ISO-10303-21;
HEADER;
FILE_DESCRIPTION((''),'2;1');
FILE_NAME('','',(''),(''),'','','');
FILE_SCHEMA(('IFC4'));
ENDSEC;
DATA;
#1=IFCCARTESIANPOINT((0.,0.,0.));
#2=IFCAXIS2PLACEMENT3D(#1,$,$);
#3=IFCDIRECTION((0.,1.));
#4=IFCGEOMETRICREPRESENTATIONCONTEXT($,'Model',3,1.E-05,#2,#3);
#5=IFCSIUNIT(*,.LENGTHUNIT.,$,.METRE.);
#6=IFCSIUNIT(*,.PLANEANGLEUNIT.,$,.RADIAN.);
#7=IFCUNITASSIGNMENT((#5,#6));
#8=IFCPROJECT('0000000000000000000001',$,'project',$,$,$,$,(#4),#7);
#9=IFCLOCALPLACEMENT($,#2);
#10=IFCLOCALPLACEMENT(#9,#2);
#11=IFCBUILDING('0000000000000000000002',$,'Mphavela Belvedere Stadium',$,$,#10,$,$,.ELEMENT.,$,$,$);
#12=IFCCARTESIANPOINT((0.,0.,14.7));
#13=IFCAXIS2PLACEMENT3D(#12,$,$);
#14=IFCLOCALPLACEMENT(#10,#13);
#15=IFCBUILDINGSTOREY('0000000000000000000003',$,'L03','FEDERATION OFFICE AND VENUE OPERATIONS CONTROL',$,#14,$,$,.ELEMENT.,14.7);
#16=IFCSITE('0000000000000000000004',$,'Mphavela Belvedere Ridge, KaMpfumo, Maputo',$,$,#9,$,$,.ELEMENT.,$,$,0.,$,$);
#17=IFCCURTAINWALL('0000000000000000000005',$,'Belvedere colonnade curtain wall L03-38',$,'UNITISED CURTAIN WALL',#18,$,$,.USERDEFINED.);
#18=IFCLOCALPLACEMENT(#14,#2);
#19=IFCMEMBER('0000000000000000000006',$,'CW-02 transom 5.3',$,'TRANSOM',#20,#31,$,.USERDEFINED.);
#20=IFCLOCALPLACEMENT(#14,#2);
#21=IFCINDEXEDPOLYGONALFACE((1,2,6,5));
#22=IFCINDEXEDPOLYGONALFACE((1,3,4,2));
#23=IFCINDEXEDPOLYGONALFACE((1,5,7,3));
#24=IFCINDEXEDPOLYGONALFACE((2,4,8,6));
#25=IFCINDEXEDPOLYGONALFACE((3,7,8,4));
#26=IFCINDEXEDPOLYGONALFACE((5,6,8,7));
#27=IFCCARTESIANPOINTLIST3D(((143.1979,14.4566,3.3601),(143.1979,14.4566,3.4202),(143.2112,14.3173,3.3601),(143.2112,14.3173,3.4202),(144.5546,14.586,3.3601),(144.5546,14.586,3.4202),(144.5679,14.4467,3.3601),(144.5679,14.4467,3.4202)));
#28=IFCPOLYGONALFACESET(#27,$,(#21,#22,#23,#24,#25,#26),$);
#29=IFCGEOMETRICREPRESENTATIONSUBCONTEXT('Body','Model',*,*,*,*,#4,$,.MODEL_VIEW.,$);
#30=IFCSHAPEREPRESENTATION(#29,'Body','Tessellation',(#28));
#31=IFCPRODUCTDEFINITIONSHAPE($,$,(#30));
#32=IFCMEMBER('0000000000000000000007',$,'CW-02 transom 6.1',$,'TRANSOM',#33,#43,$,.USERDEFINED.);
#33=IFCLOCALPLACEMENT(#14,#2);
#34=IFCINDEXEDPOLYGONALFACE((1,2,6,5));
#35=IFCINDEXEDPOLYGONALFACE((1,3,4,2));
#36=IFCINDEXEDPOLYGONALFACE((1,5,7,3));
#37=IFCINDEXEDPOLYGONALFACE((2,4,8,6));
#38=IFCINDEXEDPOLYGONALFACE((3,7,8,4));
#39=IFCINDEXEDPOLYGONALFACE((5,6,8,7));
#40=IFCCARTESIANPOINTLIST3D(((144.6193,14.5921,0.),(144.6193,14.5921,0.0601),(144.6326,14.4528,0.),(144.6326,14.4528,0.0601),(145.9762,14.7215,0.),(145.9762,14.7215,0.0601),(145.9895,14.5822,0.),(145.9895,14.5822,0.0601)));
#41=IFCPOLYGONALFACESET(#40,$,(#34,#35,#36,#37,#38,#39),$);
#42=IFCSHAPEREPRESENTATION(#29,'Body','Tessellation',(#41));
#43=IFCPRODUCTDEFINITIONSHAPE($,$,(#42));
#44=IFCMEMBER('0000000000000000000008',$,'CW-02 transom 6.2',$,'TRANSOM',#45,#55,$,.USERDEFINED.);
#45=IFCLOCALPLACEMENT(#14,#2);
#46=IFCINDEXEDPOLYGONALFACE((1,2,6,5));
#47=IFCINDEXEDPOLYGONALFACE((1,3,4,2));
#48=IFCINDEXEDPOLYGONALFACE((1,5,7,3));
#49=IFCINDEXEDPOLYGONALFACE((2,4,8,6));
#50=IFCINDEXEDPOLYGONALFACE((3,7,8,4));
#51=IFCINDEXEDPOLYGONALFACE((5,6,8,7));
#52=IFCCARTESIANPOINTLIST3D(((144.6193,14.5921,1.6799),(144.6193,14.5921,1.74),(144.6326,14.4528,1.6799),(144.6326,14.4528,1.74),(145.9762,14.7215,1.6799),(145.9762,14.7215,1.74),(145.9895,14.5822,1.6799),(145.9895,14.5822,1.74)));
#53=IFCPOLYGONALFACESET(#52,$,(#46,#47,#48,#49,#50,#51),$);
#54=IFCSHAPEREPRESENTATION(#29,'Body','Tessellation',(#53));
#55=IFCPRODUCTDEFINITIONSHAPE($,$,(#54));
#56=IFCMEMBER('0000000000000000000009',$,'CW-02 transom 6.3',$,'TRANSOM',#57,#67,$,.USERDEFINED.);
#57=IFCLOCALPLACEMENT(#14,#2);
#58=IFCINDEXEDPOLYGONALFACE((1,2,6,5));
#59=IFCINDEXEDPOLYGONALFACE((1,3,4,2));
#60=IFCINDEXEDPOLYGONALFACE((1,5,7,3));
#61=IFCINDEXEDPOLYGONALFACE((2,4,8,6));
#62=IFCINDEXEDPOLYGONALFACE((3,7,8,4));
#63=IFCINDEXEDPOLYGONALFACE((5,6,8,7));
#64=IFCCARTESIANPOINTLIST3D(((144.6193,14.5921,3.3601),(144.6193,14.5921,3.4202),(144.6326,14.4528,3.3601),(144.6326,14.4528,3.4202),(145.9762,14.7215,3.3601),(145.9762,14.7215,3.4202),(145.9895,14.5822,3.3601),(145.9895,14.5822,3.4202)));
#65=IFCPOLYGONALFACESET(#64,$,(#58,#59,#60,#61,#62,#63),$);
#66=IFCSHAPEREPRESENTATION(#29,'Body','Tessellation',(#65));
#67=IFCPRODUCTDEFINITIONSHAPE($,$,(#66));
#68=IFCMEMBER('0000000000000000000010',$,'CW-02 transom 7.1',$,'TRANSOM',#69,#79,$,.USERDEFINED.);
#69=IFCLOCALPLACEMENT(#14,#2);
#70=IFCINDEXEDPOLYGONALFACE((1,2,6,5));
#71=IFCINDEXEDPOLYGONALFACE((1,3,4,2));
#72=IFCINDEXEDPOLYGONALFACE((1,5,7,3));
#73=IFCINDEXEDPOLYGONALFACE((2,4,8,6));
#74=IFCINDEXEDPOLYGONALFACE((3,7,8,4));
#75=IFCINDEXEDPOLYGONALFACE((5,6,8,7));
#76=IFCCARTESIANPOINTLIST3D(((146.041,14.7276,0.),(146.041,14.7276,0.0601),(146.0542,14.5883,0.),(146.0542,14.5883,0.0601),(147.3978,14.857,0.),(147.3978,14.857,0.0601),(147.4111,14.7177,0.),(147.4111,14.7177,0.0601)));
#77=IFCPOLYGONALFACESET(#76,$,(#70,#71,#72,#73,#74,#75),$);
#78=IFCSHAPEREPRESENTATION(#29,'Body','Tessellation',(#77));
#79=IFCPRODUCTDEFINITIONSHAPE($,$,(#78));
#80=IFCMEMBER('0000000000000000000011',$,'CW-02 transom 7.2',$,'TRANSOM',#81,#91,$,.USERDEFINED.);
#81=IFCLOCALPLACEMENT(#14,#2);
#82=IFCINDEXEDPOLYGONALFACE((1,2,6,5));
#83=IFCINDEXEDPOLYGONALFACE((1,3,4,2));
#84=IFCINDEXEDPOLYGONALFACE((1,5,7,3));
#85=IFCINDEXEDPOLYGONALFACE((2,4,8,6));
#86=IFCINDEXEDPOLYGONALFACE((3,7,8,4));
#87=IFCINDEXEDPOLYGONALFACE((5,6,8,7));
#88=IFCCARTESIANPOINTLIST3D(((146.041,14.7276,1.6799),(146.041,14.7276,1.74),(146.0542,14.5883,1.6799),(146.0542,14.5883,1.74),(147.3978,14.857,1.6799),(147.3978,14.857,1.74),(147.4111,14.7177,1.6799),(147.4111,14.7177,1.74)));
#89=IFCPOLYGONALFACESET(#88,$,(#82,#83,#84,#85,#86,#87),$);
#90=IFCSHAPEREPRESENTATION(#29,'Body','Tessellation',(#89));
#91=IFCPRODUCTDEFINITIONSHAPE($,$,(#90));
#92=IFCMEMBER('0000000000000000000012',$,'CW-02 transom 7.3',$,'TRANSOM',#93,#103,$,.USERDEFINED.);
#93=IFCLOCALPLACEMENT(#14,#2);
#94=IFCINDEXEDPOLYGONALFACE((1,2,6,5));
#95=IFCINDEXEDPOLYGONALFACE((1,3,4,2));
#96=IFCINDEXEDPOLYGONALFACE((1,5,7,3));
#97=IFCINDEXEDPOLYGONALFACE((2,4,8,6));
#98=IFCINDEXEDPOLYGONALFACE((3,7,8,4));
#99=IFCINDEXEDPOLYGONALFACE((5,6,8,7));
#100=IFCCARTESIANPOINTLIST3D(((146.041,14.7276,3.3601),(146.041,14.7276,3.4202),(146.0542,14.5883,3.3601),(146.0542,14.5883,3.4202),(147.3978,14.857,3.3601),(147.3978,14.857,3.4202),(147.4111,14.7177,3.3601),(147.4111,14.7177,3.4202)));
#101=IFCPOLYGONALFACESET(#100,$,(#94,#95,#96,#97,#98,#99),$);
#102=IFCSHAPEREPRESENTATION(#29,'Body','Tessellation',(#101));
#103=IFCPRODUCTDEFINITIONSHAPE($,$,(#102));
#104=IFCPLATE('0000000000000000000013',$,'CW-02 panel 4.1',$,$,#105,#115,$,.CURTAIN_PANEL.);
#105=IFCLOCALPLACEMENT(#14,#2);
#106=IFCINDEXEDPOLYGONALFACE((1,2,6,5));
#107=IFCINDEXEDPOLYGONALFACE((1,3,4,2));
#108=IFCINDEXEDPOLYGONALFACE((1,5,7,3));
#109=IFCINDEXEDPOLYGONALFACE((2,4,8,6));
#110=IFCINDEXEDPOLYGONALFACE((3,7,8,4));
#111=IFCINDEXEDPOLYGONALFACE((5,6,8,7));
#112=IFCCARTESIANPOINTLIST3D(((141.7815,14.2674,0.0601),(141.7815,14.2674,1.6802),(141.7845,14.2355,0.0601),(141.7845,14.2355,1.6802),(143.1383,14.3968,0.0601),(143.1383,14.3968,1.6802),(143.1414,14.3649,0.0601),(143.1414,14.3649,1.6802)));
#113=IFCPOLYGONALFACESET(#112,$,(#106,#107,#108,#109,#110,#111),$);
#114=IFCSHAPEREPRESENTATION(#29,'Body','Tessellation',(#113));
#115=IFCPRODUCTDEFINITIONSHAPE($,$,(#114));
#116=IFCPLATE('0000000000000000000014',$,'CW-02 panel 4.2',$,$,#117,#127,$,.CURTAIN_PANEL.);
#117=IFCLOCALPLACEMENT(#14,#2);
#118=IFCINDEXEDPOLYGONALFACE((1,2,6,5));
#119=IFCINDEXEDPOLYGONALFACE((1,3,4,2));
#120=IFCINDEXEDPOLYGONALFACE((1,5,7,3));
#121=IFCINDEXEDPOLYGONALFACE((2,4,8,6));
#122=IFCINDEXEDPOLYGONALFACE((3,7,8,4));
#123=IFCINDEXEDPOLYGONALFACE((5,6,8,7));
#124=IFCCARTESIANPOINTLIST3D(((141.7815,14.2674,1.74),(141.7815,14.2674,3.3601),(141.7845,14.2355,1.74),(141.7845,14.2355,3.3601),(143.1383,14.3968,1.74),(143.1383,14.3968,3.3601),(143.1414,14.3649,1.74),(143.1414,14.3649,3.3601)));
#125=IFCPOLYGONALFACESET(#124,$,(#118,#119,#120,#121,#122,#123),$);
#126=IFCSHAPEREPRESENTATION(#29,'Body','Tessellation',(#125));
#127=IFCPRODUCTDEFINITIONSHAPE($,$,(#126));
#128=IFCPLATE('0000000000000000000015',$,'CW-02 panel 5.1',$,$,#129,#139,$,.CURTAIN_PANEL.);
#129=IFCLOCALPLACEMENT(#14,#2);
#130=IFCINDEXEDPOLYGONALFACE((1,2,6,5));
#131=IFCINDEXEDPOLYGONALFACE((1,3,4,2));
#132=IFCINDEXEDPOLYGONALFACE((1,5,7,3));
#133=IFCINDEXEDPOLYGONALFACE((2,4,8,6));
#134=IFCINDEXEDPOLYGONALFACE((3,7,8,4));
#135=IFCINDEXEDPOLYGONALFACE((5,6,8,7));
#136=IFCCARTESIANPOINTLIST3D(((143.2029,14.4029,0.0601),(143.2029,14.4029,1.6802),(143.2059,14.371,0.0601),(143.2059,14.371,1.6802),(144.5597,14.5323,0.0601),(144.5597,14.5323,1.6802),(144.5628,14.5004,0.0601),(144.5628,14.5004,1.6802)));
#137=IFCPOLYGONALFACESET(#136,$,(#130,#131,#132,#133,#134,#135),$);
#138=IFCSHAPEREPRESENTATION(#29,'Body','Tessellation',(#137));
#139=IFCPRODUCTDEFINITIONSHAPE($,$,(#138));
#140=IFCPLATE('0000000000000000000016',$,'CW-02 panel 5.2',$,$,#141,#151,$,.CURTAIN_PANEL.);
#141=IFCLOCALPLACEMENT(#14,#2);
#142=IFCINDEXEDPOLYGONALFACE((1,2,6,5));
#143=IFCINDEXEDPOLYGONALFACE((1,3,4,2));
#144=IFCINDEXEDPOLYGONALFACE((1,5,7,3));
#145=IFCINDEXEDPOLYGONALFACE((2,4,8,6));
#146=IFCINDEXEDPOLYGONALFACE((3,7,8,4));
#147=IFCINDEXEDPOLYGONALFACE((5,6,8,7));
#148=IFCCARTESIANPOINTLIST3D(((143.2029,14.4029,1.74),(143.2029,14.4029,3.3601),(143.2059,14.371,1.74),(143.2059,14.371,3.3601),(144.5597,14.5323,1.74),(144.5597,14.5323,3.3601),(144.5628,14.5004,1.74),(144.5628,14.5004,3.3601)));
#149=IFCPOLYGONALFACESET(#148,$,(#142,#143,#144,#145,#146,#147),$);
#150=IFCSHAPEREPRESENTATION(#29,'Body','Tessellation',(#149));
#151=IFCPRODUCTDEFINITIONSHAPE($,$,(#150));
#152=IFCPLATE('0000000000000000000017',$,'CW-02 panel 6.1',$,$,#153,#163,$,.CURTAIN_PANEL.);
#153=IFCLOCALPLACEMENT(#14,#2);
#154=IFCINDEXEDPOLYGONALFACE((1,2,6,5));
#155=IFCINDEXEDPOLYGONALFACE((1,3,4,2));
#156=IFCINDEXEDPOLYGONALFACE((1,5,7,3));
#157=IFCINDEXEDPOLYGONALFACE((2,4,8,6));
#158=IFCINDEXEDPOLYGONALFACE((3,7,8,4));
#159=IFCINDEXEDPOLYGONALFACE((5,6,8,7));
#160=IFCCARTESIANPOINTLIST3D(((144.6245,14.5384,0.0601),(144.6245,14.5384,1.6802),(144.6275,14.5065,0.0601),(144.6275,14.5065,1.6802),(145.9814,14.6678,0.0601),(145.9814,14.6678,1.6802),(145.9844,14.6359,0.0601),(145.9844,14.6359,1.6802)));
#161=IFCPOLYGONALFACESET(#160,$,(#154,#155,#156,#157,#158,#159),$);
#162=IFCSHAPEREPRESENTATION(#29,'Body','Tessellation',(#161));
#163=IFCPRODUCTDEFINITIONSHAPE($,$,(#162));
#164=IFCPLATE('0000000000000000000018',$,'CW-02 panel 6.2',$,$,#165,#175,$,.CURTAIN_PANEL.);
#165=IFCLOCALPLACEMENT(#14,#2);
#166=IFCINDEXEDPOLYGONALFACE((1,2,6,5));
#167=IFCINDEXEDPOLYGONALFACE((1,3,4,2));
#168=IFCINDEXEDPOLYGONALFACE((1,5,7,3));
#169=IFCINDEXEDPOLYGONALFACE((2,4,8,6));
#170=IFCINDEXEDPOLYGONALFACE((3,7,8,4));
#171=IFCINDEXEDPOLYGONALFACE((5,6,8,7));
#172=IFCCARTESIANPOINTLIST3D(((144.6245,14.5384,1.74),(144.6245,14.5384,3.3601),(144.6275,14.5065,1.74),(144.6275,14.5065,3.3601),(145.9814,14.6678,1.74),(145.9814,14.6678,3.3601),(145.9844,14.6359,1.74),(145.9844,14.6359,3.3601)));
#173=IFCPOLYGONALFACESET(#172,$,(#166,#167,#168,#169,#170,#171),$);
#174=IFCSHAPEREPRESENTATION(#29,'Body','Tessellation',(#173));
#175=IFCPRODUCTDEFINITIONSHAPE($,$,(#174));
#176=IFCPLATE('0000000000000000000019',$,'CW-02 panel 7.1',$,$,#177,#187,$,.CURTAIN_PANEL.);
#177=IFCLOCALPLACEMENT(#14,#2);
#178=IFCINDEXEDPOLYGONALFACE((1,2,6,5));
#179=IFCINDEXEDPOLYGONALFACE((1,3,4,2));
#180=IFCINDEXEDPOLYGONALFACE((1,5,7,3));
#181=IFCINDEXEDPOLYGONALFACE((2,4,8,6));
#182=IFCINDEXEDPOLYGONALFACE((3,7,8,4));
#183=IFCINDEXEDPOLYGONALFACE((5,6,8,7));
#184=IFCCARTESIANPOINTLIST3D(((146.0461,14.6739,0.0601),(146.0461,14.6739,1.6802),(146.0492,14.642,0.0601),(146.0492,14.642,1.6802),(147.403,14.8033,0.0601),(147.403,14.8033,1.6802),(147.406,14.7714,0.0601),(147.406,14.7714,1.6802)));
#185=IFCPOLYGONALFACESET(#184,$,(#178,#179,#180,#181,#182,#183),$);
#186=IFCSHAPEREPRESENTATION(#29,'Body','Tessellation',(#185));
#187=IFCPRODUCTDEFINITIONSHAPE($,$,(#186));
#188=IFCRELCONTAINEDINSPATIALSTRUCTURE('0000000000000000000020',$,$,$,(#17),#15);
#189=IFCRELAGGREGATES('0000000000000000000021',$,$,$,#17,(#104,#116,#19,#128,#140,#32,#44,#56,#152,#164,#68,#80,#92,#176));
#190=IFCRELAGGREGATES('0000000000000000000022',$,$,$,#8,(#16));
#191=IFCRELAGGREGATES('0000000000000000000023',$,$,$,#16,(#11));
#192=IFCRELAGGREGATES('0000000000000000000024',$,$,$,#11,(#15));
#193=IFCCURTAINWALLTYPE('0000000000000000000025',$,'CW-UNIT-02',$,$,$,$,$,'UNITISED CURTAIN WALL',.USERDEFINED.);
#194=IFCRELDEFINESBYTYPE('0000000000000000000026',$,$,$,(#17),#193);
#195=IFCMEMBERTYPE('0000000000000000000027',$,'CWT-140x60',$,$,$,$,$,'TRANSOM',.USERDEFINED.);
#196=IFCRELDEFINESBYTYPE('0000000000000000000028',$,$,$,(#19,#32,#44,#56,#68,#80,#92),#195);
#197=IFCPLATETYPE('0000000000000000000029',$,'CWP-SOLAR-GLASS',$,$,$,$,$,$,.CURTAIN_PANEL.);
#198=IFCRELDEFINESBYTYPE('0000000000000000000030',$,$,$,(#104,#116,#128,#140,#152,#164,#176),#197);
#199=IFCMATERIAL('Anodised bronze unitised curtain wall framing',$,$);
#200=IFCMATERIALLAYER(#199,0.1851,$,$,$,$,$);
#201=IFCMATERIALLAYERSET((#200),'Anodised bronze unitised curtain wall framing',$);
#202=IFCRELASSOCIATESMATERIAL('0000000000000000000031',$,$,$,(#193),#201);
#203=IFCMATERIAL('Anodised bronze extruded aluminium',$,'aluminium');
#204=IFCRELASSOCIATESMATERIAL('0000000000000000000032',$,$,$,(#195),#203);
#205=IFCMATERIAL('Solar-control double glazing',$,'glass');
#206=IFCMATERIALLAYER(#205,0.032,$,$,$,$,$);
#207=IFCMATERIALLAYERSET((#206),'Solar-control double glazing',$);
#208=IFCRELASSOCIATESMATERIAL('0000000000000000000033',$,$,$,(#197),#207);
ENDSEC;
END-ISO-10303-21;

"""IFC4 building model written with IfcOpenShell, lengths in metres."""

from ifc_helpers import new_model, si_unit, direction, frame, origin, origin_2d, place, context, subcontext, project, spatial, rectangle, extrude, material, layer, layer_set, material_profile, profile_set, type_object, element, aggregate, save


model = new_model("IFC4")

# Units and contexts
model_context = context("Model", 3, precision=1e-05, world=origin(), true_north=direction((0.0, 1.0)))
body_context = subcontext(model_context, "Body", "Model", "MODEL_VIEW")
ifc_project = project(units=[si_unit("LENGTHUNIT", "METRE"), si_unit("PLANEANGLEUNIT", "RADIAN")], contexts=[model_context])

# Site, building, storey
site_placement = place(None, origin())
site = spatial("IfcSite", under=ifc_project, at=site_placement, Name="Mphavela Belvedere Ridge, KaMpfumo, Maputo", CompositionType="ELEMENT", RefElevation=0.0)
building_placement = place(site_placement, origin())
building = spatial("IfcBuilding", under=site, at=building_placement, Name="Mphavela Belvedere Stadium", CompositionType="ELEMENT")
storey_placement = place(building_placement, frame((0.0, 0.0, 14.7)))
storey = spatial("IfcBuildingStorey", under=building, at=storey_placement, Name="L03", Description="FEDERATION OFFICE AND VENUE OPERATIONS CONTROL", CompositionType="ELEMENT", Elevation=14.7)

# Curtain wall, members, plates
ifc_material_1 = material(Name="Anodised bronze unitised curtain wall framing")
ifc_layer_1 = layer(ifc_material_1, 0.1851)
ifc_layer_set_1 = layer_set([ifc_layer_1], Name="Anodised bronze unitised curtain wall framing")
curtain_wall_type = type_object("IfcCurtainWallType", Name="CW-UNIT-02", ElementType="UNITISED CURTAIN WALL", PredefinedType="USERDEFINED", material=ifc_layer_set_1)
curtain_wall_placement = place(storey_placement, origin())
curtain_wall = element("IfcCurtainWall", 1, at=curtain_wall_placement, inside=storey, type_object=curtain_wall_type, Name="Belvedere colonnade curtain wall L03-38", ObjectType="UNITISED CURTAIN WALL", PredefinedType="USERDEFINED")
ifc_material_2 = material(Name="Anodised bronze extruded aluminium", Category="aluminium")
ifc_material_profile_1 = material_profile(ifc_material_2, rectangle(XDim=0.1399, YDim=0.0601, at=origin_2d()), Name="CW-TRN 140x60")
ifc_profile_set_1 = profile_set([ifc_material_profile_1], Name="Anodised bronze extruded aluminium")
member_type_1 = type_object("IfcMemberType", Name="CWT-140x60", ElementType="TRANSOM", PredefinedType="USERDEFINED", material=ifc_profile_set_1)
member_1_placement = place(storey_placement, frame((143.2046, 14.387, 3.3901), z_axis=(0.995483, 0.094944, 0.0), x_axis=(-0.094944, 0.995483, 0.0)))
member_1 = element("IfcMember", 2, at=member_1_placement, type_object=member_type_1, Name="CW-02 transom 5.3", ObjectType="TRANSOM", PredefinedType="USERDEFINED", context=body_context, shape_type="SweptSolid", body=[
    extrude(rectangle(XDim=0.1399, YDim=0.0601, at=origin_2d()), origin(), (0.0, 0.0, 1.0), 1.3628),
])
member_2_placement = place(storey_placement, frame((144.626, 14.5225, 0.03), z_axis=(0.995484, 0.094927, 0.0), x_axis=(-0.094927, 0.995484, 0.0)))
member_2 = element("IfcMember", 3, at=member_2_placement, type_object=member_type_1, Name="CW-02 transom 6.1", ObjectType="TRANSOM", PredefinedType="USERDEFINED", context=body_context, shape_type="SweptSolid", body=[
    extrude(rectangle(XDim=0.1399, YDim=0.0601, at=origin_2d()), origin(), (0.0, 0.0, 1.0), 1.363),
])
member_3_placement = place(storey_placement, frame((144.626, 14.5225, 1.71), z_axis=(0.995484, 0.094927, 0.0), x_axis=(-0.094927, 0.995484, 0.0)))
member_3 = element("IfcMember", 4, at=member_3_placement, type_object=member_type_1, Name="CW-02 transom 6.2", ObjectType="TRANSOM", PredefinedType="USERDEFINED", context=body_context, shape_type="SweptSolid", body=[
    extrude(rectangle(XDim=0.1399, YDim=0.0601, at=origin_2d()), origin(), (0.0, 0.0, 1.0), 1.363),
])
member_4_placement = place(storey_placement, frame((144.626, 14.5225, 3.3901), z_axis=(0.995484, 0.094927, 0.0), x_axis=(-0.094927, 0.995484, 0.0)))
member_4 = element("IfcMember", 5, at=member_4_placement, type_object=member_type_1, Name="CW-02 transom 6.3", ObjectType="TRANSOM", PredefinedType="USERDEFINED", context=body_context, shape_type="SweptSolid", body=[
    extrude(rectangle(XDim=0.1399, YDim=0.0601, at=origin_2d()), origin(), (0.0, 0.0, 1.0), 1.363),
])
member_5_placement = place(storey_placement, frame((146.0476, 14.658, 0.03), z_axis=(0.995484, 0.094927, 0.0), x_axis=(-0.094927, 0.995484, 0.0)))
member_5 = element("IfcMember", 6, at=member_5_placement, type_object=member_type_1, Name="CW-02 transom 7.1", ObjectType="TRANSOM", PredefinedType="USERDEFINED", context=body_context, shape_type="SweptSolid", body=[
    extrude(rectangle(XDim=0.1399, YDim=0.0601, at=origin_2d()), origin(), (0.0, 0.0, 1.0), 1.363),
])
member_6_placement = place(storey_placement, frame((146.0476, 14.658, 1.71), z_axis=(0.995484, 0.094927, 0.0), x_axis=(-0.094927, 0.995484, 0.0)))
member_6 = element("IfcMember", 7, at=member_6_placement, type_object=member_type_1, Name="CW-02 transom 7.2", ObjectType="TRANSOM", PredefinedType="USERDEFINED", context=body_context, shape_type="SweptSolid", body=[
    extrude(rectangle(XDim=0.1399, YDim=0.0601, at=origin_2d()), origin(), (0.0, 0.0, 1.0), 1.363),
])
member_7_placement = place(storey_placement, frame((146.0476, 14.658, 3.3901), z_axis=(0.995484, 0.094927, 0.0), x_axis=(-0.094927, 0.995484, 0.0)))
member_7 = element("IfcMember", 8, at=member_7_placement, type_object=member_type_1, Name="CW-02 transom 7.3", ObjectType="TRANSOM", PredefinedType="USERDEFINED", context=body_context, shape_type="SweptSolid", body=[
    extrude(rectangle(XDim=0.1399, YDim=0.0601, at=origin_2d()), origin(), (0.0, 0.0, 1.0), 1.363),
])
ifc_material_3 = material(Name="Solar-control double glazing", Category="glass")
ifc_layer_2 = layer(ifc_material_3, 0.032)
ifc_layer_set_2 = layer_set([ifc_layer_2], Name="Solar-control double glazing")
plate_type = type_object("IfcPlateType", Name="CWP-SOLAR-GLASS", PredefinedType="CURTAIN_PANEL", material=ifc_layer_set_2)
plate_1_placement = place(storey_placement, frame((142.4614, 14.3162, 0.0601), z_axis=(0.0, 0.0, 1.0), x_axis=(0.995484, 0.094929, 0.0)))
plate_1 = element("IfcPlate", 9, at=plate_1_placement, type_object=plate_type, Name="CW-02 panel 4.1", PredefinedType="CURTAIN_PANEL", context=body_context, shape_type="SweptSolid", body=[
    extrude(rectangle(XDim=1.363, YDim=0.032, at=origin_2d()), origin(), (0.0, 0.0, 1.0), 1.6201),
])
plate_2_placement = place(storey_placement, frame((142.4614, 14.3162, 1.74), z_axis=(0.0, 0.0, 1.0), x_axis=(0.995484, 0.094929, 0.0)))
plate_2 = element("IfcPlate", 10, at=plate_2_placement, type_object=plate_type, Name="CW-02 panel 4.2", PredefinedType="CURTAIN_PANEL", context=body_context, shape_type="SweptSolid", body=[
    extrude(rectangle(XDim=1.363, YDim=0.032, at=origin_2d()), origin(), (0.0, 0.0, 1.0), 1.6201),
])
plate_3_placement = place(storey_placement, frame((143.8828, 14.4517, 0.0601), z_axis=(0.0, 0.0, 1.0), x_axis=(0.995484, 0.094929, 0.0)))
plate_3 = element("IfcPlate", 11, at=plate_3_placement, type_object=plate_type, Name="CW-02 panel 5.1", PredefinedType="CURTAIN_PANEL", context=body_context, shape_type="SweptSolid", body=[
    extrude(rectangle(XDim=1.363, YDim=0.032, at=origin_2d()), origin(), (0.0, 0.0, 1.0), 1.6201),
])
plate_4_placement = place(storey_placement, frame((143.8828, 14.4517, 1.74), z_axis=(0.0, 0.0, 1.0), x_axis=(0.995484, 0.094929, 0.0)))
plate_4 = element("IfcPlate", 12, at=plate_4_placement, type_object=plate_type, Name="CW-02 panel 5.2", PredefinedType="CURTAIN_PANEL", context=body_context, shape_type="SweptSolid", body=[
    extrude(rectangle(XDim=1.363, YDim=0.032, at=origin_2d()), origin(), (0.0, 0.0, 1.0), 1.6201),
])
plate_5_placement = place(storey_placement, frame((145.3044, 14.5872, 0.0601), z_axis=(0.0, 0.0, 1.0), x_axis=(0.995484, 0.094929, 0.0)))
plate_5 = element("IfcPlate", 13, at=plate_5_placement, type_object=plate_type, Name="CW-02 panel 6.1", PredefinedType="CURTAIN_PANEL", context=body_context, shape_type="SweptSolid", body=[
    extrude(rectangle(XDim=1.363, YDim=0.032, at=origin_2d()), origin(), (0.0, 0.0, 1.0), 1.6201),
])
plate_6_placement = place(storey_placement, frame((145.3044, 14.5872, 1.74), z_axis=(0.0, 0.0, 1.0), x_axis=(0.995484, 0.094929, 0.0)))
plate_6 = element("IfcPlate", 14, at=plate_6_placement, type_object=plate_type, Name="CW-02 panel 6.2", PredefinedType="CURTAIN_PANEL", context=body_context, shape_type="SweptSolid", body=[
    extrude(rectangle(XDim=1.363, YDim=0.032, at=origin_2d()), origin(), (0.0, 0.0, 1.0), 1.6201),
])
plate_7_placement = place(storey_placement, frame((146.7261, 14.7227, 0.0601), z_axis=(0.0, 0.0, 1.0), x_axis=(0.995484, 0.094929, 0.0)))
plate_7 = element("IfcPlate", 15, at=plate_7_placement, type_object=plate_type, Name="CW-02 panel 7.1", PredefinedType="CURTAIN_PANEL", context=body_context, shape_type="SweptSolid", body=[
    extrude(rectangle(XDim=1.363, YDim=0.032, at=origin_2d()), origin(), (0.0, 0.0, 1.0), 1.6201),
])
aggregate(curtain_wall, [plate_1, plate_2, member_1, plate_3, plate_4, member_2, member_3, member_4, plate_5, plate_6, member_5, member_6, member_7, plate_7])

save(model, "model.ifc")
